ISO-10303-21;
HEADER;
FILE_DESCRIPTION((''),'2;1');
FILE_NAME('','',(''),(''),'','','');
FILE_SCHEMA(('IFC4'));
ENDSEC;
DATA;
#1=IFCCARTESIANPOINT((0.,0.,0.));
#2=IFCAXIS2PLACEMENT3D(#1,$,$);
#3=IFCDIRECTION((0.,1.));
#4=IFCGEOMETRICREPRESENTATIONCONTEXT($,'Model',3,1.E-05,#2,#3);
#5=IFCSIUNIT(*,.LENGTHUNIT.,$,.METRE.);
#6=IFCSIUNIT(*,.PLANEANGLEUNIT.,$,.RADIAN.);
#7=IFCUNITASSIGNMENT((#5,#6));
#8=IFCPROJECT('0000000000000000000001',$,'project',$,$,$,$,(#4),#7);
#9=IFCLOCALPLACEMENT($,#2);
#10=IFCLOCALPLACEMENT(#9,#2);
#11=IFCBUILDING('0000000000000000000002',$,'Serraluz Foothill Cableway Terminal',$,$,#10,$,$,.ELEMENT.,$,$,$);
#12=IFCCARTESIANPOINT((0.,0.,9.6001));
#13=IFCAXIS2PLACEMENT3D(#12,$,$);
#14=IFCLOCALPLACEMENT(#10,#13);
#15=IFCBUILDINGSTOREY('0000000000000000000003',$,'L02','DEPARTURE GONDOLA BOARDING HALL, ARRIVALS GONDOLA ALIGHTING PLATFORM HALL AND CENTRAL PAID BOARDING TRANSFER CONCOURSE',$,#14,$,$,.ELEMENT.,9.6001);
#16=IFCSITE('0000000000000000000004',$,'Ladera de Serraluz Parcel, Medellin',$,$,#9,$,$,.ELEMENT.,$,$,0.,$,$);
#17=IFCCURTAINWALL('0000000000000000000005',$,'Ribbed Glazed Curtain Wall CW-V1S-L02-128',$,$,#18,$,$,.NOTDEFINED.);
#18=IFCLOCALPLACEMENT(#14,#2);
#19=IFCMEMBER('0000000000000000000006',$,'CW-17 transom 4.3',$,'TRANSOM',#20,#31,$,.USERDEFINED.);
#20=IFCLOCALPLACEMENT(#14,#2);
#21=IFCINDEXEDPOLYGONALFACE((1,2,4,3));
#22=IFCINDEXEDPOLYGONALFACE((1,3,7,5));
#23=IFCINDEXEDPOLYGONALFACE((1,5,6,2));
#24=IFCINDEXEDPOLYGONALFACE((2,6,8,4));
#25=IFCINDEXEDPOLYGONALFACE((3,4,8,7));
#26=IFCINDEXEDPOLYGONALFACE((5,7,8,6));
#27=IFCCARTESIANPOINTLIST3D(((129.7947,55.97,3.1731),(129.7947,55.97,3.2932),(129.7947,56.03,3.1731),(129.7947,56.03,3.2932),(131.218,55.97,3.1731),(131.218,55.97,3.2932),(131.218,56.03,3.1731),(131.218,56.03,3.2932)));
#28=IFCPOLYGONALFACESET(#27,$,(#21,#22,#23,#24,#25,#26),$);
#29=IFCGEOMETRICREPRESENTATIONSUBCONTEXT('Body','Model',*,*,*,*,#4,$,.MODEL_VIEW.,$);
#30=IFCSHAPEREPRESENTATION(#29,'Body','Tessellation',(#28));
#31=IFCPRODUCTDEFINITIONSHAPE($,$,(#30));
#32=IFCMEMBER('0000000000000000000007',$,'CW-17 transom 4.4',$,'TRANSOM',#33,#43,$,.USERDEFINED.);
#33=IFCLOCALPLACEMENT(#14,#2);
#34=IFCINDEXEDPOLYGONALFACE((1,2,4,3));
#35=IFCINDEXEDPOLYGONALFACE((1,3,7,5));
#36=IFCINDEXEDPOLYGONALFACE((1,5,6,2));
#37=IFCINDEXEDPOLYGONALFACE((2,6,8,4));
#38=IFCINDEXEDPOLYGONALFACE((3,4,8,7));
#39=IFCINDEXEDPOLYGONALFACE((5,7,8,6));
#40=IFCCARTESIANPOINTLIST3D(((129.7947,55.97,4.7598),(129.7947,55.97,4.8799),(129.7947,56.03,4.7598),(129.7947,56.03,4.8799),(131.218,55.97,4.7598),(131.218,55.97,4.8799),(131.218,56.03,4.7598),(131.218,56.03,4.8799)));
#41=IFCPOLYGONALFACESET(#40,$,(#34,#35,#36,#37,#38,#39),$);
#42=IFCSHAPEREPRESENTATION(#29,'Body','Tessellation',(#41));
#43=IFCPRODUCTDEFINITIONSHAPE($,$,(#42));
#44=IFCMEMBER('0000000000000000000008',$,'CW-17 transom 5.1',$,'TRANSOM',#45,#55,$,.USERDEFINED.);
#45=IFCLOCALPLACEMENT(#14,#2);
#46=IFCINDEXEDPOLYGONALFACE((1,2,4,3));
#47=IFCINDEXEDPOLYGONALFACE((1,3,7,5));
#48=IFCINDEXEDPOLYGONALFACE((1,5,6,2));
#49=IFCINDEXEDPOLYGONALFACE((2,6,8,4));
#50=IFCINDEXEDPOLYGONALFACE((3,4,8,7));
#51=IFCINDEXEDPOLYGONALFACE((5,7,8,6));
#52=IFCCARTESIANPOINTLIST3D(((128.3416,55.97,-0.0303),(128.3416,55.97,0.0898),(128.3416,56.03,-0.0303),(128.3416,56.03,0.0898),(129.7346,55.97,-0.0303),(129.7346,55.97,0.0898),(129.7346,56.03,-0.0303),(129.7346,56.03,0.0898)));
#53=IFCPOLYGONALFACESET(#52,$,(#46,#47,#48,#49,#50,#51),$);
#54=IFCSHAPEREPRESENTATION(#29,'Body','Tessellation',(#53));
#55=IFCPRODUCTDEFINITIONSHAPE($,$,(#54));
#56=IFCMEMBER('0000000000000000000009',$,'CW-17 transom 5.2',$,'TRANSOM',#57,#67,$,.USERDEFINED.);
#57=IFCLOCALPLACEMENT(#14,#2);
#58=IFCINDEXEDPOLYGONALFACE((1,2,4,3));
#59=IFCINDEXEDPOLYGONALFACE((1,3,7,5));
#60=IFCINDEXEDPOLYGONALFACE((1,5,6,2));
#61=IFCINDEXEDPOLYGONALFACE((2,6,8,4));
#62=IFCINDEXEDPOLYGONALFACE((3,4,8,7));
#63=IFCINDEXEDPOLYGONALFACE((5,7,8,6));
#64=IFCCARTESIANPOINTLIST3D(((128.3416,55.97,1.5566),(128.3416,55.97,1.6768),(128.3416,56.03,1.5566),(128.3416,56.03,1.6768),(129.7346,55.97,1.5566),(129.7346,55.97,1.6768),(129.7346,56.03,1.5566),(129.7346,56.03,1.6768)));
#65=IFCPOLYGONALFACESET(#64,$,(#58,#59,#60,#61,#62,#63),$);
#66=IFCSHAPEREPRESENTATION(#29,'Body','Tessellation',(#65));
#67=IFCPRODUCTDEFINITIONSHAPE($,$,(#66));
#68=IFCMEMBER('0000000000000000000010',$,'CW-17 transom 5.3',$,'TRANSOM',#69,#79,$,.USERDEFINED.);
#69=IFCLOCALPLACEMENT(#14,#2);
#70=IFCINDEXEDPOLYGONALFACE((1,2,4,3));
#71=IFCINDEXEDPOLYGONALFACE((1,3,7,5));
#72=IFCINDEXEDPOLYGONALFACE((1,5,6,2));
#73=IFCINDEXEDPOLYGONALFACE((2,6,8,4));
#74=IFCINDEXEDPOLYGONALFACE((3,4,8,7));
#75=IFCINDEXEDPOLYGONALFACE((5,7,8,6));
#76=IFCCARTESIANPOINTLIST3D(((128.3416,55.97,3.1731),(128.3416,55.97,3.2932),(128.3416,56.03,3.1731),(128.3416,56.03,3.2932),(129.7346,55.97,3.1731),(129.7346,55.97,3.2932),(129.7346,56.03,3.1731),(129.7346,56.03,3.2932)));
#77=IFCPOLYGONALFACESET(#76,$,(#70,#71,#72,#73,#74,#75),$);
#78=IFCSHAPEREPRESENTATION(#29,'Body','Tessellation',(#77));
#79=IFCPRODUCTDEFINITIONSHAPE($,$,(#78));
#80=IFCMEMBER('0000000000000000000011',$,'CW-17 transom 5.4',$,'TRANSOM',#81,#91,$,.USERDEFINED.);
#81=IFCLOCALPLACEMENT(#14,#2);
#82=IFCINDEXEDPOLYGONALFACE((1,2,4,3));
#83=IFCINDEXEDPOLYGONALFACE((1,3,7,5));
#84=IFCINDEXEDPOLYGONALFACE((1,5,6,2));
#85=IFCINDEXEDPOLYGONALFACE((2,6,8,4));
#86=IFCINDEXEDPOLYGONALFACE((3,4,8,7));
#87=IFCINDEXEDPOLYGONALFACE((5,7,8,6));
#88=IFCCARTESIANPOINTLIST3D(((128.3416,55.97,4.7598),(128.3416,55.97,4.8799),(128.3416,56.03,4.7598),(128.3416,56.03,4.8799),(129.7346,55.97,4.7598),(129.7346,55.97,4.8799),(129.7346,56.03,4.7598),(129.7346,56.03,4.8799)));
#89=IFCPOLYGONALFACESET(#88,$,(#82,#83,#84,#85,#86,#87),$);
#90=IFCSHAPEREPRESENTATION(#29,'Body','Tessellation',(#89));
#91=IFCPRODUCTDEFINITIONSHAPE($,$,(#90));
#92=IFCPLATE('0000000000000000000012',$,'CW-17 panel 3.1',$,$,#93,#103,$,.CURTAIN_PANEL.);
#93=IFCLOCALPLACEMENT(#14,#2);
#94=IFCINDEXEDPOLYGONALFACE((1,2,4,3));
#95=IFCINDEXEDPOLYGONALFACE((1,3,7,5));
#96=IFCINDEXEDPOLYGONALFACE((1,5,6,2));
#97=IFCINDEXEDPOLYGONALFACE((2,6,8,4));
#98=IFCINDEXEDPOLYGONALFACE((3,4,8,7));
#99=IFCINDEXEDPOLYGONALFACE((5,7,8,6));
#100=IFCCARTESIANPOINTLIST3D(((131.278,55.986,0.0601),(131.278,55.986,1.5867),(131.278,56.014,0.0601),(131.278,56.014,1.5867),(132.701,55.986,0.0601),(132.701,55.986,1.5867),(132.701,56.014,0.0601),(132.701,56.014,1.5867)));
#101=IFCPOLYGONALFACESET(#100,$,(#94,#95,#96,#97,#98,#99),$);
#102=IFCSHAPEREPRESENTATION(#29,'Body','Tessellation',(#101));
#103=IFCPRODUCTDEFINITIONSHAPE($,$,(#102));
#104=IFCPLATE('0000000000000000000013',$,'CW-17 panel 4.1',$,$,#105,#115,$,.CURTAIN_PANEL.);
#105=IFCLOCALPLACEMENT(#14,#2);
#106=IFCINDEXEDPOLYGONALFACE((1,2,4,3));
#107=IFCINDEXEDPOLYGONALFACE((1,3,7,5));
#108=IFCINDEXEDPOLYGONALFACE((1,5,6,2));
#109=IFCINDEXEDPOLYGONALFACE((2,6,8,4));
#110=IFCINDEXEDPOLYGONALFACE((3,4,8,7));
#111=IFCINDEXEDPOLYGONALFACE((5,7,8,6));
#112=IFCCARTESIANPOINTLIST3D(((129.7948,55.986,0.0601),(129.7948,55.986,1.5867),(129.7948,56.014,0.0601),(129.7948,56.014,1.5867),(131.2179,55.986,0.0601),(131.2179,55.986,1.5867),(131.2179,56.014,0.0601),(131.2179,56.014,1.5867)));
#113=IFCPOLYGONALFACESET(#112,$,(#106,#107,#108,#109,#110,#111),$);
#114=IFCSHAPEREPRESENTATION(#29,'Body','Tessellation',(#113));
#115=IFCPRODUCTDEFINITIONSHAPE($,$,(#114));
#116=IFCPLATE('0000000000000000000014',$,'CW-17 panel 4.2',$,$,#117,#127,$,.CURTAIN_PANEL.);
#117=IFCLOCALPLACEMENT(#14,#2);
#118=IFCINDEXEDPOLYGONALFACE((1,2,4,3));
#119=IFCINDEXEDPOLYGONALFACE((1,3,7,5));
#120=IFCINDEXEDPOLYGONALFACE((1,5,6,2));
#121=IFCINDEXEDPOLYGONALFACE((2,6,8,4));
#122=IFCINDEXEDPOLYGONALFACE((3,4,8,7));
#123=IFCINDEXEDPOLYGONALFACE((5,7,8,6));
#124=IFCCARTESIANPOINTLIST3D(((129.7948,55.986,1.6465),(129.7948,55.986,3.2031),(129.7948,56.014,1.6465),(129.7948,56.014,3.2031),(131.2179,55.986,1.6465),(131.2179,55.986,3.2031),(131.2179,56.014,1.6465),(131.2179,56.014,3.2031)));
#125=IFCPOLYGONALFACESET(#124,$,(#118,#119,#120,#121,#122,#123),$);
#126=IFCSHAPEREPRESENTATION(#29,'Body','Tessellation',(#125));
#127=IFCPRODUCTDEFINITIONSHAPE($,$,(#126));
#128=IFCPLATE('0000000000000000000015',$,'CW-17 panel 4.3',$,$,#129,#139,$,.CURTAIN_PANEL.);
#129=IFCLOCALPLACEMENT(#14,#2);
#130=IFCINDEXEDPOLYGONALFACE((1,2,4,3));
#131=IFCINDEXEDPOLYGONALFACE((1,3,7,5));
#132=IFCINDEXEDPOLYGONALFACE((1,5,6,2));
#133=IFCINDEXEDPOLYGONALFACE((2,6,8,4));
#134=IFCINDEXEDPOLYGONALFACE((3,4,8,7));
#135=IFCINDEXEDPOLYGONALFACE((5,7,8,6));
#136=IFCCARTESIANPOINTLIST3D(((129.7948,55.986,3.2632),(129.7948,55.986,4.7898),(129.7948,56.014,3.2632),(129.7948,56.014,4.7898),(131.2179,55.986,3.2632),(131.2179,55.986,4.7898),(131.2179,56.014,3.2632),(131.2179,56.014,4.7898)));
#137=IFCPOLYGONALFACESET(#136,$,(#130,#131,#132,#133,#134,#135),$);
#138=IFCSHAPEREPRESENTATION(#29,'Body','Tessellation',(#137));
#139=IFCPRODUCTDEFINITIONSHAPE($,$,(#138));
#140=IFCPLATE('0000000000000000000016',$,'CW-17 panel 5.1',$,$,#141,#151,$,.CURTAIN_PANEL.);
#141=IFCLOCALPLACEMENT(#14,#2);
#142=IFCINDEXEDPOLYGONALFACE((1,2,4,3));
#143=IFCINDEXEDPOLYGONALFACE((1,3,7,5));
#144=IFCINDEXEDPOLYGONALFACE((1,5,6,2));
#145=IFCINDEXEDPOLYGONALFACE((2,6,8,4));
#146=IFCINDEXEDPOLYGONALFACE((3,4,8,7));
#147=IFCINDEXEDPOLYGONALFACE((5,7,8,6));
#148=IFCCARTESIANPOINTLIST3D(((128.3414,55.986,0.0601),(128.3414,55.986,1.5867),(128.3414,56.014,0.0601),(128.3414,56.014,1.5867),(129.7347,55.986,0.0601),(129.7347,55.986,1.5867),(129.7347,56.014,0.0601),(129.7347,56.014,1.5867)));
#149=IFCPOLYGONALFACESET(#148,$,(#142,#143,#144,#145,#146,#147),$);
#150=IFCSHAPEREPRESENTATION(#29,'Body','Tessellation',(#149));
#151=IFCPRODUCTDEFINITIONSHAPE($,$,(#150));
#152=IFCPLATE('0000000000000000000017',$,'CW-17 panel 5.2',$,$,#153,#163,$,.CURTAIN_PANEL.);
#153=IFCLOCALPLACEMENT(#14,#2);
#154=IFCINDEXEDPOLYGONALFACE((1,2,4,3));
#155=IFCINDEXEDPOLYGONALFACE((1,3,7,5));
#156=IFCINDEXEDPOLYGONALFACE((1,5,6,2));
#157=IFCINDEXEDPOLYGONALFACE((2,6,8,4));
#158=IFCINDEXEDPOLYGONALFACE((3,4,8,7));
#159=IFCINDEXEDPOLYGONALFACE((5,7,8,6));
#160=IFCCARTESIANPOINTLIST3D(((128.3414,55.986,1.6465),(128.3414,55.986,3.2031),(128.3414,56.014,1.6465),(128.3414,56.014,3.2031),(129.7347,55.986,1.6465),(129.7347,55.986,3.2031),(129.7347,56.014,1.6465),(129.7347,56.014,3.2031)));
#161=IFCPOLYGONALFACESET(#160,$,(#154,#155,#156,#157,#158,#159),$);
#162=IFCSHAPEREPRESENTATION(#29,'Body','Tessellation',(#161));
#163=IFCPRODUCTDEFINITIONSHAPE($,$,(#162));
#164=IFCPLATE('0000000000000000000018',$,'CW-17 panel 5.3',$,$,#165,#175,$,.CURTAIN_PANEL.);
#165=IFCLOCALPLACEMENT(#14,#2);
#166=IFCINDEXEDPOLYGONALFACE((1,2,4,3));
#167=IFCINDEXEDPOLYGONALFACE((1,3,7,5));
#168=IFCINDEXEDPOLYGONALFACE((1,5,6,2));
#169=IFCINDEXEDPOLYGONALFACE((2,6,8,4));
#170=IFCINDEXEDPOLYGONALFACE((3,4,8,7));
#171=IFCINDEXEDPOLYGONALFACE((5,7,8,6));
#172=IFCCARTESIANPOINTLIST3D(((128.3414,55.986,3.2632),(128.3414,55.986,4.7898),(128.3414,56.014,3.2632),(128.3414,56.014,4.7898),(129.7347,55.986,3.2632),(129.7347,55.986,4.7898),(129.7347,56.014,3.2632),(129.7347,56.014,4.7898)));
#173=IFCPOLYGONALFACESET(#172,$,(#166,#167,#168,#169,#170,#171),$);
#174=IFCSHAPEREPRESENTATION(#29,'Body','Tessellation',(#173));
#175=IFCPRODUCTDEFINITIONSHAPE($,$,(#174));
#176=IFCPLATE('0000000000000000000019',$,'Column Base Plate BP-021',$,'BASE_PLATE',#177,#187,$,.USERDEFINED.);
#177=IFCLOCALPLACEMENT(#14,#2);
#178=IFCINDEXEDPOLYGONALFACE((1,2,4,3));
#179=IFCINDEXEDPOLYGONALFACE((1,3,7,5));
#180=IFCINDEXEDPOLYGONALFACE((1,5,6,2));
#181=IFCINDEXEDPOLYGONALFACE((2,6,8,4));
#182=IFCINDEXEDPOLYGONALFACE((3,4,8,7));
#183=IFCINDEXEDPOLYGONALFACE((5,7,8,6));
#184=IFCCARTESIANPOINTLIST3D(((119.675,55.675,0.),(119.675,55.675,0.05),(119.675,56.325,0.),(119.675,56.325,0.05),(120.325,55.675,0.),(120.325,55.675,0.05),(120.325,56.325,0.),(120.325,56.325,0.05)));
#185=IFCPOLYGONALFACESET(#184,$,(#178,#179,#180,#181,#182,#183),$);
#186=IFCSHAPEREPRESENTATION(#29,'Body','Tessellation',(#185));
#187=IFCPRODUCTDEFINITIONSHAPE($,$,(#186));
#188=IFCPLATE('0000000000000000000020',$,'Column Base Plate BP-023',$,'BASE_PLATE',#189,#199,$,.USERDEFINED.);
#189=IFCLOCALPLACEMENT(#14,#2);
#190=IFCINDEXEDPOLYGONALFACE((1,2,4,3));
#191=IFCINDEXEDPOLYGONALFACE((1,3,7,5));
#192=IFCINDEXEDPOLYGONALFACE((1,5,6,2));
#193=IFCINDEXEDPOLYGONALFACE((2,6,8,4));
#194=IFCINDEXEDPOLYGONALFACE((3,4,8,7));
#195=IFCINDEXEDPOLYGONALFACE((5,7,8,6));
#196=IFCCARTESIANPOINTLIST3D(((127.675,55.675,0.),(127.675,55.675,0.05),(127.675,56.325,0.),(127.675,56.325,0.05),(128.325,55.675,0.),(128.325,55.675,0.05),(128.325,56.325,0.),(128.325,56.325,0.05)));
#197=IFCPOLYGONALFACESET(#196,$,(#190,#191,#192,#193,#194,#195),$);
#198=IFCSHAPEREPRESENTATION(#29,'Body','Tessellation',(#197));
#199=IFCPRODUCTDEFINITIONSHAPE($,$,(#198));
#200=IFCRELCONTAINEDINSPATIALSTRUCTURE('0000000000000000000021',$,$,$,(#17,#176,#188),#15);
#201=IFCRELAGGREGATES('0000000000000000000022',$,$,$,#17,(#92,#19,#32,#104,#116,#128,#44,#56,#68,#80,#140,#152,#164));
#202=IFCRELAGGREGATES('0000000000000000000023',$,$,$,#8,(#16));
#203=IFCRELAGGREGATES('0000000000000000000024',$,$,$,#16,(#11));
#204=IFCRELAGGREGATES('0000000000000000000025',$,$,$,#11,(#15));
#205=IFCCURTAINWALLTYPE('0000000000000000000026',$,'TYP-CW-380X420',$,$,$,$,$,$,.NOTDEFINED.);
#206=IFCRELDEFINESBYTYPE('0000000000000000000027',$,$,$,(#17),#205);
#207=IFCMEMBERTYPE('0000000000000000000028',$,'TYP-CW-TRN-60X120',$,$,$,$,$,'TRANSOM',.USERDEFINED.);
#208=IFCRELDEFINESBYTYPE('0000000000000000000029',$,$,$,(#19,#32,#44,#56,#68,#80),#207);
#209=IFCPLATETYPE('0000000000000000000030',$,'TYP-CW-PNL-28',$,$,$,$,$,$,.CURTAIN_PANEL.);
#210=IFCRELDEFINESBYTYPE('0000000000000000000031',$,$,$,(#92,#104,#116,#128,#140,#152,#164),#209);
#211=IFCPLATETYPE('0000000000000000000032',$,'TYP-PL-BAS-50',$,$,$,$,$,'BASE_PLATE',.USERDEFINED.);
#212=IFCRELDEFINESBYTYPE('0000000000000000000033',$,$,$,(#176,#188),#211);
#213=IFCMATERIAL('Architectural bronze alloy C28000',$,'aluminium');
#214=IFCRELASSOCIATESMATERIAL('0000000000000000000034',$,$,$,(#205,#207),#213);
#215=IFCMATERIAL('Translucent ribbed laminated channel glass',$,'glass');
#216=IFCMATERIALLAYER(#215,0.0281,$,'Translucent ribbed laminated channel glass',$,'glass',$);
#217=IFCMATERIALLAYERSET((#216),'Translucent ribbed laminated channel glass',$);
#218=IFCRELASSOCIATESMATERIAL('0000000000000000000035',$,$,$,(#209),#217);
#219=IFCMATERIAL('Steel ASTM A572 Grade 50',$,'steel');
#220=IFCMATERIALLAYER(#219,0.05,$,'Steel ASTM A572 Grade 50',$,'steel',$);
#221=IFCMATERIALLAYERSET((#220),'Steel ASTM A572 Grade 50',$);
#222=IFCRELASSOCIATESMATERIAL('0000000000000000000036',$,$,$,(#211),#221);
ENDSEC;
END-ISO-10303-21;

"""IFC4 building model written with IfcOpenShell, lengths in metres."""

from ifc_helpers import new_model, si_unit, direction, frame, origin, origin_2d, place, context, subcontext, project, spatial, rectangle, extrude, material, layer, layer_set, material_profile, profile_set, type_object, element, aggregate, save


model = new_model("IFC4")

# Units and contexts
model_context = context("Model", 3, precision=1e-05, world=origin(), true_north=direction((0.0, 1.0)))
body_context = subcontext(model_context, "Body", "Model", "MODEL_VIEW")
ifc_project = project(units=[si_unit("LENGTHUNIT", "METRE"), si_unit("PLANEANGLEUNIT", "RADIAN")], contexts=[model_context])

# Site, building, storey
site_placement = place(None, origin())
site = spatial("IfcSite", under=ifc_project, at=site_placement, Name="Ladera de Serraluz Parcel, Medellin", CompositionType="ELEMENT", RefElevation=0.0)
building_placement = place(site_placement, origin())
building = spatial("IfcBuilding", under=site, at=building_placement, Name="Serraluz Foothill Cableway Terminal", CompositionType="ELEMENT")
storey_placement = place(building_placement, frame((0.0, 0.0, 9.6001)))
storey = spatial("IfcBuildingStorey", under=building, at=storey_placement, Name="L02", Description="DEPARTURE GONDOLA BOARDING HALL, ARRIVALS GONDOLA ALIGHTING PLATFORM HALL AND CENTRAL PAID BOARDING TRANSFER CONCOURSE", CompositionType="ELEMENT", Elevation=9.6001)

# Shared definitions
ifc_material_1 = material(Name="Architectural bronze alloy C28000", Category="aluminium")

# Curtain wall
curtain_wall_type_1 = type_object("IfcCurtainWallType", Name="TYP-CW-380X420", PredefinedType="NOTDEFINED", material=ifc_material_1)
curtain_wall_1_placement = place(storey_placement, origin())
curtain_wall_1 = element("IfcCurtainWall", 1, at=curtain_wall_1_placement, inside=storey, type_object=curtain_wall_type_1, Name="Ribbed Glazed Curtain Wall CW-V1S-L02-128", PredefinedType="NOTDEFINED")

# Members
ifc_material_profile_1 = material_profile(ifc_material_1, rectangle(XDim=0.0601, YDim=0.1201, at=origin_2d()), Name="ALU TRANSOM 60x120")
ifc_profile_set_1 = profile_set([ifc_material_profile_1], Name="Architectural bronze alloy C28000")
member_type_1 = type_object("IfcMemberType", Name="TYP-CW-TRN-60X120", ElementType="TRANSOM", PredefinedType="USERDEFINED", material=ifc_profile_set_1)
member_1_placement = place(storey_placement, frame((131.218, 56.0, 3.2332), z_axis=(-1.0, 0.0, 0.0), x_axis=(0.0, -1.0, 0.0)))
member_1 = element("IfcMember", 2, at=member_1_placement, type_object=member_type_1, Name="CW-17 transom 4.3", ObjectType="TRANSOM", PredefinedType="USERDEFINED", context=body_context, shape_type="SweptSolid", body=[
    extrude(rectangle(XDim=0.0601, YDim=0.1201, at=origin_2d()), origin(), (0.0, 0.0, 1.0), 1.4233),
])
member_2_placement = place(storey_placement, frame((131.218, 56.0, 4.8198), z_axis=(-1.0, 0.0, 0.0), x_axis=(0.0, -1.0, 0.0)))
member_2 = element("IfcMember", 3, at=member_2_placement, type_object=member_type_1, Name="CW-17 transom 4.4", ObjectType="TRANSOM", PredefinedType="USERDEFINED", context=body_context, shape_type="SweptSolid", body=[
    extrude(rectangle(XDim=0.0601, YDim=0.1201, at=origin_2d()), origin(), (0.0, 0.0, 1.0), 1.4233),
])
member_3_placement = place(storey_placement, frame((129.7346, 56.0, 0.0298), z_axis=(-1.0, 0.0, 0.0), x_axis=(0.0, -1.0, 0.0)))
member_3 = element("IfcMember", 4, at=member_3_placement, type_object=member_type_1, Name="CW-17 transom 5.1", ObjectType="TRANSOM", PredefinedType="USERDEFINED", context=body_context, shape_type="SweptSolid", body=[
    extrude(rectangle(XDim=0.0601, YDim=0.1201, at=origin_2d()), origin(), (0.0, 0.0, 1.0), 1.3931),
])
member_4_placement = place(storey_placement, frame((129.7346, 56.0, 1.6167), z_axis=(-1.0, 0.0, 0.0), x_axis=(0.0, -1.0, 0.0)))
member_4 = element("IfcMember", 5, at=member_4_placement, type_object=member_type_1, Name="CW-17 transom 5.2", ObjectType="TRANSOM", PredefinedType="USERDEFINED", context=body_context, shape_type="SweptSolid", body=[
    extrude(rectangle(XDim=0.0601, YDim=0.1201, at=origin_2d()), origin(), (0.0, 0.0, 1.0), 1.3931),
])
member_5_placement = place(storey_placement, frame((129.7346, 56.0, 3.2332), z_axis=(-1.0, 0.0, 0.0), x_axis=(0.0, -1.0, 0.0)))
member_5 = element("IfcMember", 6, at=member_5_placement, type_object=member_type_1, Name="CW-17 transom 5.3", ObjectType="TRANSOM", PredefinedType="USERDEFINED", context=body_context, shape_type="SweptSolid", body=[
    extrude(rectangle(XDim=0.0601, YDim=0.1201, at=origin_2d()), origin(), (0.0, 0.0, 1.0), 1.3931),
])
member_6_placement = place(storey_placement, frame((129.7346, 56.0, 4.8198), z_axis=(-1.0, 0.0, 0.0), x_axis=(0.0, -1.0, 0.0)))
member_6 = element("IfcMember", 7, at=member_6_placement, type_object=member_type_1, Name="CW-17 transom 5.4", ObjectType="TRANSOM", PredefinedType="USERDEFINED", context=body_context, shape_type="SweptSolid", body=[
    extrude(rectangle(XDim=0.0601, YDim=0.1201, at=origin_2d()), origin(), (0.0, 0.0, 1.0), 1.3931),
])

# Plates
ifc_material_2 = material(Name="Translucent ribbed laminated channel glass", Category="glass")
ifc_layer_1 = layer(ifc_material_2, 0.0281, Name="Translucent ribbed laminated channel glass", Category="glass")
ifc_layer_set_1 = layer_set([ifc_layer_1], Name="Translucent ribbed laminated channel glass")
plate_type_1 = type_object("IfcPlateType", Name="TYP-CW-PNL-28", PredefinedType="CURTAIN_PANEL", material=ifc_layer_set_1)
plate_1_placement = place(storey_placement, frame((131.9895, 56.0, 0.0601), z_axis=(0.0, 0.0, 1.0), x_axis=(-1.0, 0.0, 0.0)))
plate_1 = element("IfcPlate", 8, at=plate_1_placement, type_object=plate_type_1, Name="CW-17 panel 3.1", PredefinedType="CURTAIN_PANEL", context=body_context, shape_type="SweptSolid", body=[
    extrude(rectangle(XDim=1.4231, YDim=0.0281, at=origin_2d()), origin(), (0.0, 0.0, 1.0), 1.5266),
])
plate_2_placement = place(storey_placement, frame((130.5063, 56.0, 0.0601), z_axis=(0.0, 0.0, 1.0), x_axis=(-1.0, 0.0, 0.0)))
plate_2 = element("IfcPlate", 9, at=plate_2_placement, type_object=plate_type_1, Name="CW-17 panel 4.1", PredefinedType="CURTAIN_PANEL", context=body_context, shape_type="SweptSolid", body=[
    extrude(rectangle(XDim=1.4231, YDim=0.0281, at=origin_2d()), origin(), (0.0, 0.0, 1.0), 1.5266),
])
plate_3_placement = place(storey_placement, frame((130.5063, 56.0, 1.6465), z_axis=(0.0, 0.0, 1.0), x_axis=(-1.0, 0.0, 0.0)))
plate_3 = element("IfcPlate", 10, at=plate_3_placement, type_object=plate_type_1, Name="CW-17 panel 4.2", PredefinedType="CURTAIN_PANEL", context=body_context, shape_type="SweptSolid", body=[
    extrude(rectangle(XDim=1.4231, YDim=0.0281, at=origin_2d()), origin(), (0.0, 0.0, 1.0), 1.5566),
])
plate_4_placement = place(storey_placement, frame((130.5063, 56.0, 3.2632), z_axis=(0.0, 0.0, 1.0), x_axis=(-1.0, 0.0, 0.0)))
plate_4 = element("IfcPlate", 11, at=plate_4_placement, type_object=plate_type_1, Name="CW-17 panel 4.3", PredefinedType="CURTAIN_PANEL", context=body_context, shape_type="SweptSolid", body=[
    extrude(rectangle(XDim=1.4231, YDim=0.0281, at=origin_2d()), origin(), (0.0, 0.0, 1.0), 1.5266),
])
plate_5_placement = place(storey_placement, frame((129.0381, 56.0, 0.0601), z_axis=(0.0, 0.0, 1.0), x_axis=(-1.0, 0.0, 0.0)))
plate_5 = element("IfcPlate", 12, at=plate_5_placement, type_object=plate_type_1, Name="CW-17 panel 5.1", PredefinedType="CURTAIN_PANEL", context=body_context, shape_type="SweptSolid", body=[
    extrude(rectangle(XDim=1.3933, YDim=0.0281, at=origin_2d()), origin(), (0.0, 0.0, 1.0), 1.5266),
])
plate_6_placement = place(storey_placement, frame((129.0381, 56.0, 1.6465), z_axis=(0.0, 0.0, 1.0), x_axis=(-1.0, 0.0, 0.0)))
plate_6 = element("IfcPlate", 13, at=plate_6_placement, type_object=plate_type_1, Name="CW-17 panel 5.2", PredefinedType="CURTAIN_PANEL", context=body_context, shape_type="SweptSolid", body=[
    extrude(rectangle(XDim=1.3933, YDim=0.0281, at=origin_2d()), origin(), (0.0, 0.0, 1.0), 1.5566),
])
plate_7_placement = place(storey_placement, frame((129.0381, 56.0, 3.2632), z_axis=(0.0, 0.0, 1.0), x_axis=(-1.0, 0.0, 0.0)))
plate_7 = element("IfcPlate", 14, at=plate_7_placement, type_object=plate_type_1, Name="CW-17 panel 5.3", PredefinedType="CURTAIN_PANEL", context=body_context, shape_type="SweptSolid", body=[
    extrude(rectangle(XDim=1.3933, YDim=0.0281, at=origin_2d()), origin(), (0.0, 0.0, 1.0), 1.5266),
])
aggregate(curtain_wall_1, [plate_1, member_1, member_2, plate_2, plate_3, plate_4, member_3, member_4, member_5, member_6, plate_5, plate_6, plate_7])

# Plates
ifc_material_3 = material(Name="Steel ASTM A572 Grade 50", Category="steel")
ifc_layer_2 = layer(ifc_material_3, 0.05, Name="Steel ASTM A572 Grade 50", Category="steel")
ifc_layer_set_2 = layer_set([ifc_layer_2], Name="Steel ASTM A572 Grade 50")
plate_type_2 = type_object("IfcPlateType", Name="TYP-PL-BAS-50", ElementType="BASE_PLATE", PredefinedType="USERDEFINED", material=ifc_layer_set_2)
for number, where, z_axis, x_axis, name in (
    (15, (120.0, 56.0, 0.0), (0.0, 0.0, 1.0), (1.0, 0.0, 0.0), "Column Base Plate BP-021"),
    (16, (128.0, 56.0, 0.0), (0.0, 0.0, 1.0), (1.0, 0.0, 0.0), "Column Base Plate BP-023"),
):
    element("IfcPlate", number, at=place(storey_placement, frame(where, z_axis=z_axis, x_axis=x_axis)), inside=storey, type_object=plate_type_2, Name=name, ObjectType="BASE_PLATE", PredefinedType="USERDEFINED", context=body_context, shape_type="SweptSolid", body=[
        extrude(rectangle(XDim=0.6499, YDim=0.6499, at=origin_2d()), origin(), (0.0, 0.0, 1.0), 0.05),
    ])

save(model, "model.ifc")
